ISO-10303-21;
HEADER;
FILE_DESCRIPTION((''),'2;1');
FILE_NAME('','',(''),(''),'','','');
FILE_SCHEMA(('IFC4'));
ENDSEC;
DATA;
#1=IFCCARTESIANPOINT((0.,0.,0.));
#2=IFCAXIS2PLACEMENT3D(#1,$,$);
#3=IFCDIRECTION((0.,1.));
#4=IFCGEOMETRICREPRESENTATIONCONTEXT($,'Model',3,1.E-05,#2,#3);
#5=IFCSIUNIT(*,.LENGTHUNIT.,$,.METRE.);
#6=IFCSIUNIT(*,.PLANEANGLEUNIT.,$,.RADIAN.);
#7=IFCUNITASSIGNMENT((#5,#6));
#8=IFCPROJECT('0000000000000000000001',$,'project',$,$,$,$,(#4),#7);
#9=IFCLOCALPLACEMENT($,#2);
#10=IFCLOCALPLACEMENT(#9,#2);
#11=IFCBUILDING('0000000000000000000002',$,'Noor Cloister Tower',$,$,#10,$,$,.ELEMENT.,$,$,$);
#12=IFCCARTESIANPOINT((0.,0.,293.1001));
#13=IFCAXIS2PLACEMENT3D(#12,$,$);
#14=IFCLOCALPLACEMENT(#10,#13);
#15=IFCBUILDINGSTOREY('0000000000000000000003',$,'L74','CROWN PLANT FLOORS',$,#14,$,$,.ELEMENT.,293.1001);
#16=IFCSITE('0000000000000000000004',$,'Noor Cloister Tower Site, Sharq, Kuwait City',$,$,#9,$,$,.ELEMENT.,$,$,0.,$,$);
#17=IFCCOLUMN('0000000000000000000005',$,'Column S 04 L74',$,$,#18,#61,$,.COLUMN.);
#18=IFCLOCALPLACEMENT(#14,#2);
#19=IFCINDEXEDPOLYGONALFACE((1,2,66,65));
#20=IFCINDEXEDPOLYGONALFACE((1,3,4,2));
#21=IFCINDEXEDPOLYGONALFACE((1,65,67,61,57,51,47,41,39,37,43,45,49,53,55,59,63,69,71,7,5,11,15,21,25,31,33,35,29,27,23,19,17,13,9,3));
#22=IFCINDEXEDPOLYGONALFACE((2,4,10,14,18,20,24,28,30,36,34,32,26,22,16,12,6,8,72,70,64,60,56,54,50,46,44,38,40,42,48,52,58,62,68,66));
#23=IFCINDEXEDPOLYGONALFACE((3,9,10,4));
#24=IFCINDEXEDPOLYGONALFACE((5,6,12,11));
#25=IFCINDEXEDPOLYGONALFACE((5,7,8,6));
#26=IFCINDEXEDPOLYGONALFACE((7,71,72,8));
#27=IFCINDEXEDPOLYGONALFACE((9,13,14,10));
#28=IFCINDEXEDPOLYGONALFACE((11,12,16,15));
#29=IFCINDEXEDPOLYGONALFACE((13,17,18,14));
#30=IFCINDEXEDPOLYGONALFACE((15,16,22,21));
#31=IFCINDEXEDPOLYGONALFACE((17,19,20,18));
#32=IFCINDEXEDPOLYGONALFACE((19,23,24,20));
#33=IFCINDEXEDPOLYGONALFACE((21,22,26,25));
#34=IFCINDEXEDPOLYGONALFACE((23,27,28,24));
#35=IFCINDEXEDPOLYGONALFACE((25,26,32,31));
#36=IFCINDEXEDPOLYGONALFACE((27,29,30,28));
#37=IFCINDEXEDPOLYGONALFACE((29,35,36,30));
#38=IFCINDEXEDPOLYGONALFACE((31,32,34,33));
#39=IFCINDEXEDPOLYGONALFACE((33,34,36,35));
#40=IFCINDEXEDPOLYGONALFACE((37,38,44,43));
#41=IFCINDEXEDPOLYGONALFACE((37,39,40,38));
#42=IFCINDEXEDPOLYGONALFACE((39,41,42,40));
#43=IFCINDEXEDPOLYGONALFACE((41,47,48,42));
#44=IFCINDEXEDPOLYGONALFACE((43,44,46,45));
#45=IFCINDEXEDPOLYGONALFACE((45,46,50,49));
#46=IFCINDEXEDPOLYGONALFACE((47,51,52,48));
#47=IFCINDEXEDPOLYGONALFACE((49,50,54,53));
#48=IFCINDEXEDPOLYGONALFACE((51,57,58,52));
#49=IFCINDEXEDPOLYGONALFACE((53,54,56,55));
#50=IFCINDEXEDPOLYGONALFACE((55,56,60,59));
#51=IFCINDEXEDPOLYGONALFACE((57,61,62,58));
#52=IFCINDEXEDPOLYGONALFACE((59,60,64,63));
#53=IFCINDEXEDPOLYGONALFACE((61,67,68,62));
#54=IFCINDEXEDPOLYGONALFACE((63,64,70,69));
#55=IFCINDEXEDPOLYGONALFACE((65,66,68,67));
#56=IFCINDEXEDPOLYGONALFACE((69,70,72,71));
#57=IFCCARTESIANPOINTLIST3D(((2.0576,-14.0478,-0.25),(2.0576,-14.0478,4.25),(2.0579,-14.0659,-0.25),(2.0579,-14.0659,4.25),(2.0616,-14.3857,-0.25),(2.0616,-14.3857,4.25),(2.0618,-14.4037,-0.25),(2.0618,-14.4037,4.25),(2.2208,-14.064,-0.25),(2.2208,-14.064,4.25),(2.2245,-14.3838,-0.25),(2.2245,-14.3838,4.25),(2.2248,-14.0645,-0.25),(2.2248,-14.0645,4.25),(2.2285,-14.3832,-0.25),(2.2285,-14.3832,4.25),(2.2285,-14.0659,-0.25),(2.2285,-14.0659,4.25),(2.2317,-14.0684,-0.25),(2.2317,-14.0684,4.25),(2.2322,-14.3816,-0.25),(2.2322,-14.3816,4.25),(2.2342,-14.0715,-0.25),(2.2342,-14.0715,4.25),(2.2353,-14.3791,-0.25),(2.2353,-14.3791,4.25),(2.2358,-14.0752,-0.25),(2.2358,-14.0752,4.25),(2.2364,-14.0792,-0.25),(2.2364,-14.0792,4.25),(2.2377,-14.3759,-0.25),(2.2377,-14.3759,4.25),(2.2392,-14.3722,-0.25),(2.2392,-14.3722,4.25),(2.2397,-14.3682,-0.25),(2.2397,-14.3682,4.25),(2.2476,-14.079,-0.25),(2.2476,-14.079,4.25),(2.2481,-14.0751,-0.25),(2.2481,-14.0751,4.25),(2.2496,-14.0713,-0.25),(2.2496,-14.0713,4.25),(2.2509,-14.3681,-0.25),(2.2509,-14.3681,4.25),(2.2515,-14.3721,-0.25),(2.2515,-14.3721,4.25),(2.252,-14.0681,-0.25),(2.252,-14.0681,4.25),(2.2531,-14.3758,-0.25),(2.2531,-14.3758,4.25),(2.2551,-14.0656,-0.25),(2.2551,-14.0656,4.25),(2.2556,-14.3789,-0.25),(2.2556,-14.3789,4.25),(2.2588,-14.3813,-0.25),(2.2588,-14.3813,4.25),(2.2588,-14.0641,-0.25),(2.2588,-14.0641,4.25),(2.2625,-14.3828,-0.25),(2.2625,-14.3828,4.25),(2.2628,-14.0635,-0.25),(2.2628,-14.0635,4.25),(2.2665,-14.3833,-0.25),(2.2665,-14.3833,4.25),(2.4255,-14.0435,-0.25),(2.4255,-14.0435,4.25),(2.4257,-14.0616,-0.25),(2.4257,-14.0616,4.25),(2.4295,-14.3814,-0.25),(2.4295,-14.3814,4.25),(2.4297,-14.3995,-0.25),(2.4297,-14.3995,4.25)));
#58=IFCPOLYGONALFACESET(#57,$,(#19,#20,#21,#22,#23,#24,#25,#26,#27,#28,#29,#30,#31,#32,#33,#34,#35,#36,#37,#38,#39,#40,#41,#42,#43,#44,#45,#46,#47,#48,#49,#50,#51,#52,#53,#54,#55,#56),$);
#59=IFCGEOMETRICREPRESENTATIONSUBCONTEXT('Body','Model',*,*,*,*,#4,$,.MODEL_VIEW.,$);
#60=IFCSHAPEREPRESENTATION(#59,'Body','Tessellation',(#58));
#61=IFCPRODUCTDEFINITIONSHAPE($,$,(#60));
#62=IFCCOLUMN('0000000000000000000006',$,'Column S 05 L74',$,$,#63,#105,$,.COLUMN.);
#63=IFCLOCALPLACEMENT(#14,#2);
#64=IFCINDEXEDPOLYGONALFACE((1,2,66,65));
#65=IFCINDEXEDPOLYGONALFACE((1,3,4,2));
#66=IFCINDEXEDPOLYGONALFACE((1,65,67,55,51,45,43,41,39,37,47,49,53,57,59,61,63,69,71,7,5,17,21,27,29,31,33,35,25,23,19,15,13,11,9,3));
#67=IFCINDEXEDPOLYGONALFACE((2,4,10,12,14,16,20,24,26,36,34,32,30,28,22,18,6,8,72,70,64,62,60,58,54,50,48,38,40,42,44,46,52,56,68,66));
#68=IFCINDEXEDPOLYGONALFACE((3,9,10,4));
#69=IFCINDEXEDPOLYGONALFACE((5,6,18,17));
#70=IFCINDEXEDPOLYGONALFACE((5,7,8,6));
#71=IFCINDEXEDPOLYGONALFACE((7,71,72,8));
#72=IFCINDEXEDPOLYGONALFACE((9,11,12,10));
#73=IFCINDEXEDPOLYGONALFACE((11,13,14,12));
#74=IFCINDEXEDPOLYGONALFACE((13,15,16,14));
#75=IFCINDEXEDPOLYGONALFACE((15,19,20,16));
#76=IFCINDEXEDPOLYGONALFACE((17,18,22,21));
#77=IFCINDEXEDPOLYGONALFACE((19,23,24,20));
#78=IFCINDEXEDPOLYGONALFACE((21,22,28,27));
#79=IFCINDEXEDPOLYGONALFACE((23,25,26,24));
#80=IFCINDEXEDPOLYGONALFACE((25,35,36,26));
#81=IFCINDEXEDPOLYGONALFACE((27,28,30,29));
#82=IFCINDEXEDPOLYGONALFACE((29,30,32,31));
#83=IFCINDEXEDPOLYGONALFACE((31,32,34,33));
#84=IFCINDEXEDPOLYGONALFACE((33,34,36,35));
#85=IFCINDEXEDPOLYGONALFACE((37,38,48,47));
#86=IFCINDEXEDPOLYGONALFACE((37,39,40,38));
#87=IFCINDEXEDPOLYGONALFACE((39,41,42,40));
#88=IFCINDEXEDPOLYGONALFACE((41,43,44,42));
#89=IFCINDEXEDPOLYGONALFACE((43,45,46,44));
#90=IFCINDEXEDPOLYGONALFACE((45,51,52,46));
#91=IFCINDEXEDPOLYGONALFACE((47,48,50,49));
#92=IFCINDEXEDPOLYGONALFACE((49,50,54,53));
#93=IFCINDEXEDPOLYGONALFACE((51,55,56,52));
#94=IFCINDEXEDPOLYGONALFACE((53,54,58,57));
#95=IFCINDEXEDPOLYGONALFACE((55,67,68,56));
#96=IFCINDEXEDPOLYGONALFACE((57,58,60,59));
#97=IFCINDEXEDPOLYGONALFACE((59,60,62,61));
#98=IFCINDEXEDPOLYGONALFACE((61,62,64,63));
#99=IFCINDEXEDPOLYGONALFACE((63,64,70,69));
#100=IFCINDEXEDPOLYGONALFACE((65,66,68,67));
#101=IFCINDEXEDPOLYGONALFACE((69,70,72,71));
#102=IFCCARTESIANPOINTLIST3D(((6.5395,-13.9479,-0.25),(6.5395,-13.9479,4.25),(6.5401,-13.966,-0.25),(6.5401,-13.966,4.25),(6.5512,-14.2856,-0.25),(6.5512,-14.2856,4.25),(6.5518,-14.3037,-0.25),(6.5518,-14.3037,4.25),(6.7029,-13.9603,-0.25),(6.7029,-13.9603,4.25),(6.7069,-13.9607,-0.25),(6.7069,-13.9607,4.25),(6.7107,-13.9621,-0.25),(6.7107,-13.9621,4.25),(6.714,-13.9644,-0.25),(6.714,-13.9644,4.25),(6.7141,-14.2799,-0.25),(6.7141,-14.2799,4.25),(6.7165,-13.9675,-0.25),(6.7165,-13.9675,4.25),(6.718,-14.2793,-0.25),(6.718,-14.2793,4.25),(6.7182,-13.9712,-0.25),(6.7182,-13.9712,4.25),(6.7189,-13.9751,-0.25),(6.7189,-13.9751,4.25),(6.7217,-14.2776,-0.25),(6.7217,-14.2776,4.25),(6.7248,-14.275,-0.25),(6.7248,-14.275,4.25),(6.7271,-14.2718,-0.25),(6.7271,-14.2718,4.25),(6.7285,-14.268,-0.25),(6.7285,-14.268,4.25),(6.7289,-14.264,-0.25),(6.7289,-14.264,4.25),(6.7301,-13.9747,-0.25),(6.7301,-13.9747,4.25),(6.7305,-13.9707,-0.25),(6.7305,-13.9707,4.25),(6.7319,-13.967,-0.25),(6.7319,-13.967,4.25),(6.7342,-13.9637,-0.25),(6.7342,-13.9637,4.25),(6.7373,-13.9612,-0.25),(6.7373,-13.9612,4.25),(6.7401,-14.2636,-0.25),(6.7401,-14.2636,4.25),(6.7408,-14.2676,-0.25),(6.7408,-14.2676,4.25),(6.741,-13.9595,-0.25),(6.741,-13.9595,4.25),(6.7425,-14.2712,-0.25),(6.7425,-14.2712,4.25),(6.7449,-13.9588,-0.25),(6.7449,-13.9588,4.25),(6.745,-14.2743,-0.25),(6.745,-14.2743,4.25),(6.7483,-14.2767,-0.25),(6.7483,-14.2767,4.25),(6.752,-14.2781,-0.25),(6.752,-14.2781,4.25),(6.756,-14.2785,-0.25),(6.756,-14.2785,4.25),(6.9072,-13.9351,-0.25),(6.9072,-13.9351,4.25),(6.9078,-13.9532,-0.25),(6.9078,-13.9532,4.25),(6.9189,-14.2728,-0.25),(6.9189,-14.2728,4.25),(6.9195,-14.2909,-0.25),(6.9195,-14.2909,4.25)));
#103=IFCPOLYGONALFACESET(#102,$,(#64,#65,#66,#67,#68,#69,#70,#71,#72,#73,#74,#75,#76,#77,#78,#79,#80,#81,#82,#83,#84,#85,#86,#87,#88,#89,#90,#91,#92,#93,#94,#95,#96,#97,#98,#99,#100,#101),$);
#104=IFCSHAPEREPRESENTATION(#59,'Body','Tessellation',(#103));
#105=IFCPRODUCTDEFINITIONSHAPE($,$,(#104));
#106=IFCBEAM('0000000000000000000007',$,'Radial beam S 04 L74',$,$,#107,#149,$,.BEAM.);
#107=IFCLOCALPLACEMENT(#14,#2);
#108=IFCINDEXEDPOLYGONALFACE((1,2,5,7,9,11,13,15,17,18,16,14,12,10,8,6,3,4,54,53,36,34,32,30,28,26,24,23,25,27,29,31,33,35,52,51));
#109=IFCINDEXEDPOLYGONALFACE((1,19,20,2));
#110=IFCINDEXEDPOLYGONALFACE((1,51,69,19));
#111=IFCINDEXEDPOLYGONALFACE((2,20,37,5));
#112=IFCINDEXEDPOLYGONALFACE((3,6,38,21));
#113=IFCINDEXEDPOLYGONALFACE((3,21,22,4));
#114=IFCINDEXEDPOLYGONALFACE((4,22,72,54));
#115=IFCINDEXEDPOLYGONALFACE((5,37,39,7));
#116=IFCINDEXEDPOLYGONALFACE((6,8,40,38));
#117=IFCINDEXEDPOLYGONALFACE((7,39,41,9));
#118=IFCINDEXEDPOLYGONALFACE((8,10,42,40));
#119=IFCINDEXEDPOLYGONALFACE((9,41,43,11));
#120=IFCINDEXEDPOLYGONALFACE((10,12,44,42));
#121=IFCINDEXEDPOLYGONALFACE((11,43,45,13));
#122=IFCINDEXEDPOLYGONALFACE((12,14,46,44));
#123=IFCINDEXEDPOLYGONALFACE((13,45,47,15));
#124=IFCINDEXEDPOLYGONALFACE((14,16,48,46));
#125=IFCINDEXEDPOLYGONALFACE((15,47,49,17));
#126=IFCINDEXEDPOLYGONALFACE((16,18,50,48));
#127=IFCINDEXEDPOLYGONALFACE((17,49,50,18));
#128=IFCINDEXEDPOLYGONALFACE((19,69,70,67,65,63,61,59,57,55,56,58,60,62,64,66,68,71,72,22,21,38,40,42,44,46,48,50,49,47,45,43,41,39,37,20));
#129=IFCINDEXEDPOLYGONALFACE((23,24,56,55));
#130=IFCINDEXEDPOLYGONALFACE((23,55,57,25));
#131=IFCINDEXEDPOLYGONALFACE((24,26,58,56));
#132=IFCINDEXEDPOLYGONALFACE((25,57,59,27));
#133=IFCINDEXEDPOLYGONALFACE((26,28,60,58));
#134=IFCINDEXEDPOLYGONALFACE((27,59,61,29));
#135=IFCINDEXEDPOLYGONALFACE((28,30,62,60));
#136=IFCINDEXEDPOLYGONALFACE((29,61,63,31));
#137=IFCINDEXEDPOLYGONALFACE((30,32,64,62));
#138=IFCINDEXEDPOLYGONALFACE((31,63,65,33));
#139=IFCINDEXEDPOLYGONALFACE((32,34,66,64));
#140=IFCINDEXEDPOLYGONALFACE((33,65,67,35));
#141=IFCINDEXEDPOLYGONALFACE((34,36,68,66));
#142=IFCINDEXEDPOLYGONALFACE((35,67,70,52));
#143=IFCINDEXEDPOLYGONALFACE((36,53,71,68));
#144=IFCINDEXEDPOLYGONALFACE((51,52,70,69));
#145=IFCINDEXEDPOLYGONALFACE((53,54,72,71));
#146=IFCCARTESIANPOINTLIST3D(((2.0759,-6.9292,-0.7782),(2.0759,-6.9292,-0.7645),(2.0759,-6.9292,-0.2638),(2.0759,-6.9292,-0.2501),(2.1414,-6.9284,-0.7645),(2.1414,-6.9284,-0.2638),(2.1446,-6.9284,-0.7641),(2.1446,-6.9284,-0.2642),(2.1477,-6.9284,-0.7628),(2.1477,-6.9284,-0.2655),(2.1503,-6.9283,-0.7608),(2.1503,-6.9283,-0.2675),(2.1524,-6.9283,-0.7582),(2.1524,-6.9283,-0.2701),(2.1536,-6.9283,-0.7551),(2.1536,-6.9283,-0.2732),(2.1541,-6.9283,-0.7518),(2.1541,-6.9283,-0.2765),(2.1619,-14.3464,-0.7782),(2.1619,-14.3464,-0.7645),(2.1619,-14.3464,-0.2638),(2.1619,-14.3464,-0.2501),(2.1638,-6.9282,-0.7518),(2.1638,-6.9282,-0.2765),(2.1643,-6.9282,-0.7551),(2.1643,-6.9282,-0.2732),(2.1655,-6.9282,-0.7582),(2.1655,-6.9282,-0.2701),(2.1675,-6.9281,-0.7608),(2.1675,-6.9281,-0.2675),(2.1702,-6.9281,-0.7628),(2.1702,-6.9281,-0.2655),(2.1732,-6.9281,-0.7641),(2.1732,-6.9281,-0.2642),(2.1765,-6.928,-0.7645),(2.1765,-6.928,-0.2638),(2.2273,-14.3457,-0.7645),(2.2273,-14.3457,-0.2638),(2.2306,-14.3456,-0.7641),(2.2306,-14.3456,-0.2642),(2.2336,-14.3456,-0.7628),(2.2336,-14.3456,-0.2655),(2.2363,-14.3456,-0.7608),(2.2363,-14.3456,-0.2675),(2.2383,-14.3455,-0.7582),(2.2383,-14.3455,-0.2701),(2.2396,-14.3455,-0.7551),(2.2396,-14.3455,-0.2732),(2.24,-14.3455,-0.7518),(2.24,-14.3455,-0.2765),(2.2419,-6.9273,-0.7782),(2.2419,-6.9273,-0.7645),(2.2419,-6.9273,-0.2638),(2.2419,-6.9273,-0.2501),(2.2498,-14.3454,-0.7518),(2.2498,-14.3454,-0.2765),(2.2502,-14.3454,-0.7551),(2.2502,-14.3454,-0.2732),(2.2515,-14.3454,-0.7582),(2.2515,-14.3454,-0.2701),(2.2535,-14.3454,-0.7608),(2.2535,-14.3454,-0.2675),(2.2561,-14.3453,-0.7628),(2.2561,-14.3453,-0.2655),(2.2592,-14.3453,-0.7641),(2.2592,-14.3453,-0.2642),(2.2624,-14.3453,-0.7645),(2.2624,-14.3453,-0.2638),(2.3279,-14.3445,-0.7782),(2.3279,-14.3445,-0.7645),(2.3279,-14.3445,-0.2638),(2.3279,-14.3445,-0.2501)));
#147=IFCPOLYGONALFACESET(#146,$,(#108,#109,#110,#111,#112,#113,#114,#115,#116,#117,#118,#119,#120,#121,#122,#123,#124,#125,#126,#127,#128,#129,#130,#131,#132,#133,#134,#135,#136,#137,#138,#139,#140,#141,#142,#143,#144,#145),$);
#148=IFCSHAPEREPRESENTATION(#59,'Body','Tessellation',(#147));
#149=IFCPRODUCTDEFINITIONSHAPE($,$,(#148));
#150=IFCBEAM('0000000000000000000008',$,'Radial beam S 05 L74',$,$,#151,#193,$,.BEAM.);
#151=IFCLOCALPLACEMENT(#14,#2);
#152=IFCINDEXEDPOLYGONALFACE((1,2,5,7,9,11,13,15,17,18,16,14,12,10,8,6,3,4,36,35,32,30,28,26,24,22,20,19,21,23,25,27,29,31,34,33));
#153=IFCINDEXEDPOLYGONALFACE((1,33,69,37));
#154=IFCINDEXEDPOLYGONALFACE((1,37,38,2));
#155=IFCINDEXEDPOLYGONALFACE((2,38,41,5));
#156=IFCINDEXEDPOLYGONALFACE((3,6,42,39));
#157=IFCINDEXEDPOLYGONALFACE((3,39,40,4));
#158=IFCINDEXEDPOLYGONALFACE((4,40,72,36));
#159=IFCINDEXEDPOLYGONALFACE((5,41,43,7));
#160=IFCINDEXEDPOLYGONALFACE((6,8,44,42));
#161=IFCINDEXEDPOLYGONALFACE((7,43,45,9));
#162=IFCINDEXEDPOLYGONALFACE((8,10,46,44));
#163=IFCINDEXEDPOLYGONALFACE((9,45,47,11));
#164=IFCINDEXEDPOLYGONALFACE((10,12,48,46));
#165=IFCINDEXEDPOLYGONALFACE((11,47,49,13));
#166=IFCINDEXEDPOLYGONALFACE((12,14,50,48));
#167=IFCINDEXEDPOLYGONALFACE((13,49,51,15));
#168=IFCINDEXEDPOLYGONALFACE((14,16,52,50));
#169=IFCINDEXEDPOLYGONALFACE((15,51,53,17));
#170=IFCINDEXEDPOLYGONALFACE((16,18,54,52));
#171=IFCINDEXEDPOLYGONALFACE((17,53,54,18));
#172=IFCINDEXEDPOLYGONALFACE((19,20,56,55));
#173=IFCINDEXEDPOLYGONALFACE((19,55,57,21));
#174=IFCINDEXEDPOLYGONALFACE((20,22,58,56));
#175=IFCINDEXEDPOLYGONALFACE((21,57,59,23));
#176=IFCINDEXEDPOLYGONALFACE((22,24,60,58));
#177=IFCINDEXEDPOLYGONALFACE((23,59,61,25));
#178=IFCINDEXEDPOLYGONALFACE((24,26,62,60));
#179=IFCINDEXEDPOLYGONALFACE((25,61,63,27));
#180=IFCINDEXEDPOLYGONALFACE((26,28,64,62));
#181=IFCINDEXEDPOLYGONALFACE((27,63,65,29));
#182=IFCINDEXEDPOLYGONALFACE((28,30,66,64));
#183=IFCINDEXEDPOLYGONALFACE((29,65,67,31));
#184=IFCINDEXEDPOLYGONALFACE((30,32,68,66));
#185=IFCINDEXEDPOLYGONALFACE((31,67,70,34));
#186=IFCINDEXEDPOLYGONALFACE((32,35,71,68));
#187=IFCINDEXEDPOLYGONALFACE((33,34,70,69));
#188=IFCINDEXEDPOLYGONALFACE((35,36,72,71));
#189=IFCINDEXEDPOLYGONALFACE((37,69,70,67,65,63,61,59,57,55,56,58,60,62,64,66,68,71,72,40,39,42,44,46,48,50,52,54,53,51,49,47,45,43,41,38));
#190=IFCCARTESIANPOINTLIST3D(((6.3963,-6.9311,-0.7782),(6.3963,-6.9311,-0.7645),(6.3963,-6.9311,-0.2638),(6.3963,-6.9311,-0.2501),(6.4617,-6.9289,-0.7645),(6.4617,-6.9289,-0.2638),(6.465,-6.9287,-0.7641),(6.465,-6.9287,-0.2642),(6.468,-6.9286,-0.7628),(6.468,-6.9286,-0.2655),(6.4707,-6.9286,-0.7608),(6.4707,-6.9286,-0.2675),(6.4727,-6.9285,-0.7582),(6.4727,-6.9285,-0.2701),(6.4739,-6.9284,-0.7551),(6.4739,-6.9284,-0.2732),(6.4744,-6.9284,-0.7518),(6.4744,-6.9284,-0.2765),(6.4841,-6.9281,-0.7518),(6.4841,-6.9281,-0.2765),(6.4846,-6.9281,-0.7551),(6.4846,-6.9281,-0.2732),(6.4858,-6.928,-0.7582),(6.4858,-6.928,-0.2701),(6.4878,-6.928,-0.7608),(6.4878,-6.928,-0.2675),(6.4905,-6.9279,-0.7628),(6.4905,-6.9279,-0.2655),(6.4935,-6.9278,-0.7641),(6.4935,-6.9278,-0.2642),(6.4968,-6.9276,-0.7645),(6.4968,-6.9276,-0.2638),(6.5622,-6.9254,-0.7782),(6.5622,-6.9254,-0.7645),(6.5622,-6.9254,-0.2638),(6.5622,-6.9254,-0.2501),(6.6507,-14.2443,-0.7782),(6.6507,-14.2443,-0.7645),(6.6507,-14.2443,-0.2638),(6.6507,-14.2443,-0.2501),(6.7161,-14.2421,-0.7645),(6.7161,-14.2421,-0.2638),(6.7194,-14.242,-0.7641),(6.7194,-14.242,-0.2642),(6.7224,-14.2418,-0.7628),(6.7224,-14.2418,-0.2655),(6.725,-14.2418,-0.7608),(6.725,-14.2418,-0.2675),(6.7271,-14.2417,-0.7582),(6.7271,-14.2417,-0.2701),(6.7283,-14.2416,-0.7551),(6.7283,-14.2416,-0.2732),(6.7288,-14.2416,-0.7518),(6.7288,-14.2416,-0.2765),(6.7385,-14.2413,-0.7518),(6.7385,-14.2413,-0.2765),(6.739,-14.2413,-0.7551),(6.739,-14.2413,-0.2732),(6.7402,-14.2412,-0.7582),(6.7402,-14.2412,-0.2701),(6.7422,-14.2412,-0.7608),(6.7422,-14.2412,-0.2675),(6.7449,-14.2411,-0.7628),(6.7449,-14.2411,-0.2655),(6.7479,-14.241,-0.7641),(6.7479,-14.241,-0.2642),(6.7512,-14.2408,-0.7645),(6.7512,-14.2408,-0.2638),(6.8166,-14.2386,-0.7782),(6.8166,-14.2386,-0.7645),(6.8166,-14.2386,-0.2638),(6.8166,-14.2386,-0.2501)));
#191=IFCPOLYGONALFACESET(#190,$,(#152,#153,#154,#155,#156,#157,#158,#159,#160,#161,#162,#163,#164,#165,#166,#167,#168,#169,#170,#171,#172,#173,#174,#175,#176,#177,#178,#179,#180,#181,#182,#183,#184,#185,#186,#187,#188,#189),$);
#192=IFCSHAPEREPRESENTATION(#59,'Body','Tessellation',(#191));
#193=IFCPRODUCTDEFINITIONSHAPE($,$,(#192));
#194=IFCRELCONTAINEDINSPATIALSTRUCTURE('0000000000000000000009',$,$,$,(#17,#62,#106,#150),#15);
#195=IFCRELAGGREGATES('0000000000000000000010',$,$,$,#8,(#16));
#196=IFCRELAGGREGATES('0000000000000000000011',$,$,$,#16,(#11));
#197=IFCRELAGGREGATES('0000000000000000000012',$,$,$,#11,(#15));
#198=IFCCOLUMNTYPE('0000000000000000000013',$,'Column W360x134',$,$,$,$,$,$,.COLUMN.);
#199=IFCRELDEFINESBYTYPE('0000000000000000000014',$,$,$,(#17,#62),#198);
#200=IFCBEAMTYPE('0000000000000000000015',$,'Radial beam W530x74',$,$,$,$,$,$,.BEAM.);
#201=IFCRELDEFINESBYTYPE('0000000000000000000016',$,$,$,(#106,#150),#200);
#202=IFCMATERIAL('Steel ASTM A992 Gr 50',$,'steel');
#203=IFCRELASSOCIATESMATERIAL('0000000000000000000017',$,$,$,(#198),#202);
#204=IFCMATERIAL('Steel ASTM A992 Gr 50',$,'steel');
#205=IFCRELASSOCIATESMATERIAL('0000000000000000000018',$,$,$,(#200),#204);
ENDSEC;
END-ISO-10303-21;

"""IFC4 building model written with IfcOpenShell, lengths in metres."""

from ifc_helpers import new_model, si_unit, direction, frame, origin, origin_2d, place, context, subcontext, project, spatial, i_section, extrude, material, material_profile, profile_set, type_object, element, save


model = new_model("IFC4")

# Units and contexts
model_context = context("Model", 3, precision=1e-05, world=origin(), true_north=direction((0.0, 1.0)))
body_context = subcontext(model_context, "Body", "Model", "MODEL_VIEW")
ifc_project = project(units=[si_unit("LENGTHUNIT", "METRE"), si_unit("PLANEANGLEUNIT", "RADIAN")], contexts=[model_context])

# Site, building, storey
site_placement = place(None, origin())
site = spatial("IfcSite", under=ifc_project, at=site_placement, Name="Noor Cloister Tower Site, Sharq, Kuwait City", CompositionType="ELEMENT", RefElevation=0.0)
building_placement = place(site_placement, origin())
building = spatial("IfcBuilding", under=site, at=building_placement, Name="Noor Cloister Tower", CompositionType="ELEMENT")
storey_placement = place(building_placement, frame((0.0, 0.0, 293.1001)))
storey = spatial("IfcBuildingStorey", under=building, at=storey_placement, Name="L74", Description="CROWN PLANT FLOORS", CompositionType="ELEMENT", Elevation=293.1001)

# Columns
ifc_material_1 = material(Name="Steel ASTM A992 Gr 50", Category="steel")
ifc_material_profile_1 = material_profile(ifc_material_1, i_section(OverallWidth=0.3679, OverallDepth=0.356, WebThickness=0.0112, FlangeThickness=0.0181, FilletRadius=0.0154, at=origin_2d()), Name="W360x134")
ifc_profile_set_1 = profile_set([ifc_material_profile_1], Name="Steel ASTM A992 Gr 50")
column_type = type_object("IfcColumnType", Name="Column W360x134", PredefinedType="COLUMN", material=ifc_profile_set_1)
for number, where, z_axis, x_axis, name in (
    (1, (2.2437, -14.2236, -0.25), (0.0, 0.0, 1.0), (0.999933, 0.011596, 0.0), "Column S 04 L74"),
    (2, (6.7295, -14.1194, -0.25), (0.0, 0.0, 1.0), (0.999395, 0.034782, 0.0), "Column S 05 L74"),
):
    element("IfcColumn", number, at=place(storey_placement, frame(where, z_axis=z_axis, x_axis=x_axis)), inside=storey, type_object=column_type, Name=name, PredefinedType="COLUMN", context=body_context, shape_type="SweptSolid", body=[
        extrude(i_section(OverallWidth=0.3679, OverallDepth=0.356, WebThickness=0.0112, FlangeThickness=0.0181, FilletRadius=0.0154, at=origin_2d()), origin(), (0.0, 0.0, 1.0), 4.5),
    ])

# Beams
ifc_material_2 = material(Name="Steel ASTM A992 Gr 50", Category="steel")
ifc_material_profile_2 = material_profile(ifc_material_2, i_section(OverallWidth=0.166, OverallDepth=0.5281, WebThickness=0.0098, FlangeThickness=0.0137, FilletRadius=0.0127, at=origin_2d()), Name="W530x74")
ifc_profile_set_2 = profile_set([ifc_material_profile_2], Name="Steel ASTM A992 Gr 50")
beam_type_1 = type_object("IfcBeamType", Name="Radial beam W530x74", PredefinedType="BEAM", material=ifc_profile_set_2)
beam_1_placement = place(storey_placement, frame((2.2449, -14.3455, -0.5142), z_axis=(-0.011585, 0.999933, 0.0), x_axis=(-0.999933, -0.011585, 0.0)))
element("IfcBeam", 3, at=beam_1_placement, inside=storey, type_object=beam_type_1, Name="Radial beam S 04 L74", PredefinedType="BEAM", context=body_context, shape_type="SweptSolid", body=[
    extrude(i_section(OverallWidth=0.166, OverallDepth=0.5281, WebThickness=0.0098, FlangeThickness=0.0137, FilletRadius=0.0127, at=origin_2d()), origin(), (0.0, 0.0, 1.0), 7.4177),
])
beam_2_placement = place(storey_placement, frame((6.7336, -14.2415, -0.5142), z_axis=(-0.034764, 0.999396, 0.0), x_axis=(-0.999396, -0.034764, 0.0)))
element("IfcBeam", 4, at=beam_2_placement, inside=storey, type_object=beam_type_1, Name="Radial beam S 05 L74", PredefinedType="BEAM", context=body_context, shape_type="SweptSolid", body=[
    extrude(i_section(OverallWidth=0.166, OverallDepth=0.5281, WebThickness=0.0098, FlangeThickness=0.0137, FilletRadius=0.0127, at=origin_2d()), origin(), (0.0, 0.0, 1.0), 7.3176),
])

save(model, "model.ifc")
